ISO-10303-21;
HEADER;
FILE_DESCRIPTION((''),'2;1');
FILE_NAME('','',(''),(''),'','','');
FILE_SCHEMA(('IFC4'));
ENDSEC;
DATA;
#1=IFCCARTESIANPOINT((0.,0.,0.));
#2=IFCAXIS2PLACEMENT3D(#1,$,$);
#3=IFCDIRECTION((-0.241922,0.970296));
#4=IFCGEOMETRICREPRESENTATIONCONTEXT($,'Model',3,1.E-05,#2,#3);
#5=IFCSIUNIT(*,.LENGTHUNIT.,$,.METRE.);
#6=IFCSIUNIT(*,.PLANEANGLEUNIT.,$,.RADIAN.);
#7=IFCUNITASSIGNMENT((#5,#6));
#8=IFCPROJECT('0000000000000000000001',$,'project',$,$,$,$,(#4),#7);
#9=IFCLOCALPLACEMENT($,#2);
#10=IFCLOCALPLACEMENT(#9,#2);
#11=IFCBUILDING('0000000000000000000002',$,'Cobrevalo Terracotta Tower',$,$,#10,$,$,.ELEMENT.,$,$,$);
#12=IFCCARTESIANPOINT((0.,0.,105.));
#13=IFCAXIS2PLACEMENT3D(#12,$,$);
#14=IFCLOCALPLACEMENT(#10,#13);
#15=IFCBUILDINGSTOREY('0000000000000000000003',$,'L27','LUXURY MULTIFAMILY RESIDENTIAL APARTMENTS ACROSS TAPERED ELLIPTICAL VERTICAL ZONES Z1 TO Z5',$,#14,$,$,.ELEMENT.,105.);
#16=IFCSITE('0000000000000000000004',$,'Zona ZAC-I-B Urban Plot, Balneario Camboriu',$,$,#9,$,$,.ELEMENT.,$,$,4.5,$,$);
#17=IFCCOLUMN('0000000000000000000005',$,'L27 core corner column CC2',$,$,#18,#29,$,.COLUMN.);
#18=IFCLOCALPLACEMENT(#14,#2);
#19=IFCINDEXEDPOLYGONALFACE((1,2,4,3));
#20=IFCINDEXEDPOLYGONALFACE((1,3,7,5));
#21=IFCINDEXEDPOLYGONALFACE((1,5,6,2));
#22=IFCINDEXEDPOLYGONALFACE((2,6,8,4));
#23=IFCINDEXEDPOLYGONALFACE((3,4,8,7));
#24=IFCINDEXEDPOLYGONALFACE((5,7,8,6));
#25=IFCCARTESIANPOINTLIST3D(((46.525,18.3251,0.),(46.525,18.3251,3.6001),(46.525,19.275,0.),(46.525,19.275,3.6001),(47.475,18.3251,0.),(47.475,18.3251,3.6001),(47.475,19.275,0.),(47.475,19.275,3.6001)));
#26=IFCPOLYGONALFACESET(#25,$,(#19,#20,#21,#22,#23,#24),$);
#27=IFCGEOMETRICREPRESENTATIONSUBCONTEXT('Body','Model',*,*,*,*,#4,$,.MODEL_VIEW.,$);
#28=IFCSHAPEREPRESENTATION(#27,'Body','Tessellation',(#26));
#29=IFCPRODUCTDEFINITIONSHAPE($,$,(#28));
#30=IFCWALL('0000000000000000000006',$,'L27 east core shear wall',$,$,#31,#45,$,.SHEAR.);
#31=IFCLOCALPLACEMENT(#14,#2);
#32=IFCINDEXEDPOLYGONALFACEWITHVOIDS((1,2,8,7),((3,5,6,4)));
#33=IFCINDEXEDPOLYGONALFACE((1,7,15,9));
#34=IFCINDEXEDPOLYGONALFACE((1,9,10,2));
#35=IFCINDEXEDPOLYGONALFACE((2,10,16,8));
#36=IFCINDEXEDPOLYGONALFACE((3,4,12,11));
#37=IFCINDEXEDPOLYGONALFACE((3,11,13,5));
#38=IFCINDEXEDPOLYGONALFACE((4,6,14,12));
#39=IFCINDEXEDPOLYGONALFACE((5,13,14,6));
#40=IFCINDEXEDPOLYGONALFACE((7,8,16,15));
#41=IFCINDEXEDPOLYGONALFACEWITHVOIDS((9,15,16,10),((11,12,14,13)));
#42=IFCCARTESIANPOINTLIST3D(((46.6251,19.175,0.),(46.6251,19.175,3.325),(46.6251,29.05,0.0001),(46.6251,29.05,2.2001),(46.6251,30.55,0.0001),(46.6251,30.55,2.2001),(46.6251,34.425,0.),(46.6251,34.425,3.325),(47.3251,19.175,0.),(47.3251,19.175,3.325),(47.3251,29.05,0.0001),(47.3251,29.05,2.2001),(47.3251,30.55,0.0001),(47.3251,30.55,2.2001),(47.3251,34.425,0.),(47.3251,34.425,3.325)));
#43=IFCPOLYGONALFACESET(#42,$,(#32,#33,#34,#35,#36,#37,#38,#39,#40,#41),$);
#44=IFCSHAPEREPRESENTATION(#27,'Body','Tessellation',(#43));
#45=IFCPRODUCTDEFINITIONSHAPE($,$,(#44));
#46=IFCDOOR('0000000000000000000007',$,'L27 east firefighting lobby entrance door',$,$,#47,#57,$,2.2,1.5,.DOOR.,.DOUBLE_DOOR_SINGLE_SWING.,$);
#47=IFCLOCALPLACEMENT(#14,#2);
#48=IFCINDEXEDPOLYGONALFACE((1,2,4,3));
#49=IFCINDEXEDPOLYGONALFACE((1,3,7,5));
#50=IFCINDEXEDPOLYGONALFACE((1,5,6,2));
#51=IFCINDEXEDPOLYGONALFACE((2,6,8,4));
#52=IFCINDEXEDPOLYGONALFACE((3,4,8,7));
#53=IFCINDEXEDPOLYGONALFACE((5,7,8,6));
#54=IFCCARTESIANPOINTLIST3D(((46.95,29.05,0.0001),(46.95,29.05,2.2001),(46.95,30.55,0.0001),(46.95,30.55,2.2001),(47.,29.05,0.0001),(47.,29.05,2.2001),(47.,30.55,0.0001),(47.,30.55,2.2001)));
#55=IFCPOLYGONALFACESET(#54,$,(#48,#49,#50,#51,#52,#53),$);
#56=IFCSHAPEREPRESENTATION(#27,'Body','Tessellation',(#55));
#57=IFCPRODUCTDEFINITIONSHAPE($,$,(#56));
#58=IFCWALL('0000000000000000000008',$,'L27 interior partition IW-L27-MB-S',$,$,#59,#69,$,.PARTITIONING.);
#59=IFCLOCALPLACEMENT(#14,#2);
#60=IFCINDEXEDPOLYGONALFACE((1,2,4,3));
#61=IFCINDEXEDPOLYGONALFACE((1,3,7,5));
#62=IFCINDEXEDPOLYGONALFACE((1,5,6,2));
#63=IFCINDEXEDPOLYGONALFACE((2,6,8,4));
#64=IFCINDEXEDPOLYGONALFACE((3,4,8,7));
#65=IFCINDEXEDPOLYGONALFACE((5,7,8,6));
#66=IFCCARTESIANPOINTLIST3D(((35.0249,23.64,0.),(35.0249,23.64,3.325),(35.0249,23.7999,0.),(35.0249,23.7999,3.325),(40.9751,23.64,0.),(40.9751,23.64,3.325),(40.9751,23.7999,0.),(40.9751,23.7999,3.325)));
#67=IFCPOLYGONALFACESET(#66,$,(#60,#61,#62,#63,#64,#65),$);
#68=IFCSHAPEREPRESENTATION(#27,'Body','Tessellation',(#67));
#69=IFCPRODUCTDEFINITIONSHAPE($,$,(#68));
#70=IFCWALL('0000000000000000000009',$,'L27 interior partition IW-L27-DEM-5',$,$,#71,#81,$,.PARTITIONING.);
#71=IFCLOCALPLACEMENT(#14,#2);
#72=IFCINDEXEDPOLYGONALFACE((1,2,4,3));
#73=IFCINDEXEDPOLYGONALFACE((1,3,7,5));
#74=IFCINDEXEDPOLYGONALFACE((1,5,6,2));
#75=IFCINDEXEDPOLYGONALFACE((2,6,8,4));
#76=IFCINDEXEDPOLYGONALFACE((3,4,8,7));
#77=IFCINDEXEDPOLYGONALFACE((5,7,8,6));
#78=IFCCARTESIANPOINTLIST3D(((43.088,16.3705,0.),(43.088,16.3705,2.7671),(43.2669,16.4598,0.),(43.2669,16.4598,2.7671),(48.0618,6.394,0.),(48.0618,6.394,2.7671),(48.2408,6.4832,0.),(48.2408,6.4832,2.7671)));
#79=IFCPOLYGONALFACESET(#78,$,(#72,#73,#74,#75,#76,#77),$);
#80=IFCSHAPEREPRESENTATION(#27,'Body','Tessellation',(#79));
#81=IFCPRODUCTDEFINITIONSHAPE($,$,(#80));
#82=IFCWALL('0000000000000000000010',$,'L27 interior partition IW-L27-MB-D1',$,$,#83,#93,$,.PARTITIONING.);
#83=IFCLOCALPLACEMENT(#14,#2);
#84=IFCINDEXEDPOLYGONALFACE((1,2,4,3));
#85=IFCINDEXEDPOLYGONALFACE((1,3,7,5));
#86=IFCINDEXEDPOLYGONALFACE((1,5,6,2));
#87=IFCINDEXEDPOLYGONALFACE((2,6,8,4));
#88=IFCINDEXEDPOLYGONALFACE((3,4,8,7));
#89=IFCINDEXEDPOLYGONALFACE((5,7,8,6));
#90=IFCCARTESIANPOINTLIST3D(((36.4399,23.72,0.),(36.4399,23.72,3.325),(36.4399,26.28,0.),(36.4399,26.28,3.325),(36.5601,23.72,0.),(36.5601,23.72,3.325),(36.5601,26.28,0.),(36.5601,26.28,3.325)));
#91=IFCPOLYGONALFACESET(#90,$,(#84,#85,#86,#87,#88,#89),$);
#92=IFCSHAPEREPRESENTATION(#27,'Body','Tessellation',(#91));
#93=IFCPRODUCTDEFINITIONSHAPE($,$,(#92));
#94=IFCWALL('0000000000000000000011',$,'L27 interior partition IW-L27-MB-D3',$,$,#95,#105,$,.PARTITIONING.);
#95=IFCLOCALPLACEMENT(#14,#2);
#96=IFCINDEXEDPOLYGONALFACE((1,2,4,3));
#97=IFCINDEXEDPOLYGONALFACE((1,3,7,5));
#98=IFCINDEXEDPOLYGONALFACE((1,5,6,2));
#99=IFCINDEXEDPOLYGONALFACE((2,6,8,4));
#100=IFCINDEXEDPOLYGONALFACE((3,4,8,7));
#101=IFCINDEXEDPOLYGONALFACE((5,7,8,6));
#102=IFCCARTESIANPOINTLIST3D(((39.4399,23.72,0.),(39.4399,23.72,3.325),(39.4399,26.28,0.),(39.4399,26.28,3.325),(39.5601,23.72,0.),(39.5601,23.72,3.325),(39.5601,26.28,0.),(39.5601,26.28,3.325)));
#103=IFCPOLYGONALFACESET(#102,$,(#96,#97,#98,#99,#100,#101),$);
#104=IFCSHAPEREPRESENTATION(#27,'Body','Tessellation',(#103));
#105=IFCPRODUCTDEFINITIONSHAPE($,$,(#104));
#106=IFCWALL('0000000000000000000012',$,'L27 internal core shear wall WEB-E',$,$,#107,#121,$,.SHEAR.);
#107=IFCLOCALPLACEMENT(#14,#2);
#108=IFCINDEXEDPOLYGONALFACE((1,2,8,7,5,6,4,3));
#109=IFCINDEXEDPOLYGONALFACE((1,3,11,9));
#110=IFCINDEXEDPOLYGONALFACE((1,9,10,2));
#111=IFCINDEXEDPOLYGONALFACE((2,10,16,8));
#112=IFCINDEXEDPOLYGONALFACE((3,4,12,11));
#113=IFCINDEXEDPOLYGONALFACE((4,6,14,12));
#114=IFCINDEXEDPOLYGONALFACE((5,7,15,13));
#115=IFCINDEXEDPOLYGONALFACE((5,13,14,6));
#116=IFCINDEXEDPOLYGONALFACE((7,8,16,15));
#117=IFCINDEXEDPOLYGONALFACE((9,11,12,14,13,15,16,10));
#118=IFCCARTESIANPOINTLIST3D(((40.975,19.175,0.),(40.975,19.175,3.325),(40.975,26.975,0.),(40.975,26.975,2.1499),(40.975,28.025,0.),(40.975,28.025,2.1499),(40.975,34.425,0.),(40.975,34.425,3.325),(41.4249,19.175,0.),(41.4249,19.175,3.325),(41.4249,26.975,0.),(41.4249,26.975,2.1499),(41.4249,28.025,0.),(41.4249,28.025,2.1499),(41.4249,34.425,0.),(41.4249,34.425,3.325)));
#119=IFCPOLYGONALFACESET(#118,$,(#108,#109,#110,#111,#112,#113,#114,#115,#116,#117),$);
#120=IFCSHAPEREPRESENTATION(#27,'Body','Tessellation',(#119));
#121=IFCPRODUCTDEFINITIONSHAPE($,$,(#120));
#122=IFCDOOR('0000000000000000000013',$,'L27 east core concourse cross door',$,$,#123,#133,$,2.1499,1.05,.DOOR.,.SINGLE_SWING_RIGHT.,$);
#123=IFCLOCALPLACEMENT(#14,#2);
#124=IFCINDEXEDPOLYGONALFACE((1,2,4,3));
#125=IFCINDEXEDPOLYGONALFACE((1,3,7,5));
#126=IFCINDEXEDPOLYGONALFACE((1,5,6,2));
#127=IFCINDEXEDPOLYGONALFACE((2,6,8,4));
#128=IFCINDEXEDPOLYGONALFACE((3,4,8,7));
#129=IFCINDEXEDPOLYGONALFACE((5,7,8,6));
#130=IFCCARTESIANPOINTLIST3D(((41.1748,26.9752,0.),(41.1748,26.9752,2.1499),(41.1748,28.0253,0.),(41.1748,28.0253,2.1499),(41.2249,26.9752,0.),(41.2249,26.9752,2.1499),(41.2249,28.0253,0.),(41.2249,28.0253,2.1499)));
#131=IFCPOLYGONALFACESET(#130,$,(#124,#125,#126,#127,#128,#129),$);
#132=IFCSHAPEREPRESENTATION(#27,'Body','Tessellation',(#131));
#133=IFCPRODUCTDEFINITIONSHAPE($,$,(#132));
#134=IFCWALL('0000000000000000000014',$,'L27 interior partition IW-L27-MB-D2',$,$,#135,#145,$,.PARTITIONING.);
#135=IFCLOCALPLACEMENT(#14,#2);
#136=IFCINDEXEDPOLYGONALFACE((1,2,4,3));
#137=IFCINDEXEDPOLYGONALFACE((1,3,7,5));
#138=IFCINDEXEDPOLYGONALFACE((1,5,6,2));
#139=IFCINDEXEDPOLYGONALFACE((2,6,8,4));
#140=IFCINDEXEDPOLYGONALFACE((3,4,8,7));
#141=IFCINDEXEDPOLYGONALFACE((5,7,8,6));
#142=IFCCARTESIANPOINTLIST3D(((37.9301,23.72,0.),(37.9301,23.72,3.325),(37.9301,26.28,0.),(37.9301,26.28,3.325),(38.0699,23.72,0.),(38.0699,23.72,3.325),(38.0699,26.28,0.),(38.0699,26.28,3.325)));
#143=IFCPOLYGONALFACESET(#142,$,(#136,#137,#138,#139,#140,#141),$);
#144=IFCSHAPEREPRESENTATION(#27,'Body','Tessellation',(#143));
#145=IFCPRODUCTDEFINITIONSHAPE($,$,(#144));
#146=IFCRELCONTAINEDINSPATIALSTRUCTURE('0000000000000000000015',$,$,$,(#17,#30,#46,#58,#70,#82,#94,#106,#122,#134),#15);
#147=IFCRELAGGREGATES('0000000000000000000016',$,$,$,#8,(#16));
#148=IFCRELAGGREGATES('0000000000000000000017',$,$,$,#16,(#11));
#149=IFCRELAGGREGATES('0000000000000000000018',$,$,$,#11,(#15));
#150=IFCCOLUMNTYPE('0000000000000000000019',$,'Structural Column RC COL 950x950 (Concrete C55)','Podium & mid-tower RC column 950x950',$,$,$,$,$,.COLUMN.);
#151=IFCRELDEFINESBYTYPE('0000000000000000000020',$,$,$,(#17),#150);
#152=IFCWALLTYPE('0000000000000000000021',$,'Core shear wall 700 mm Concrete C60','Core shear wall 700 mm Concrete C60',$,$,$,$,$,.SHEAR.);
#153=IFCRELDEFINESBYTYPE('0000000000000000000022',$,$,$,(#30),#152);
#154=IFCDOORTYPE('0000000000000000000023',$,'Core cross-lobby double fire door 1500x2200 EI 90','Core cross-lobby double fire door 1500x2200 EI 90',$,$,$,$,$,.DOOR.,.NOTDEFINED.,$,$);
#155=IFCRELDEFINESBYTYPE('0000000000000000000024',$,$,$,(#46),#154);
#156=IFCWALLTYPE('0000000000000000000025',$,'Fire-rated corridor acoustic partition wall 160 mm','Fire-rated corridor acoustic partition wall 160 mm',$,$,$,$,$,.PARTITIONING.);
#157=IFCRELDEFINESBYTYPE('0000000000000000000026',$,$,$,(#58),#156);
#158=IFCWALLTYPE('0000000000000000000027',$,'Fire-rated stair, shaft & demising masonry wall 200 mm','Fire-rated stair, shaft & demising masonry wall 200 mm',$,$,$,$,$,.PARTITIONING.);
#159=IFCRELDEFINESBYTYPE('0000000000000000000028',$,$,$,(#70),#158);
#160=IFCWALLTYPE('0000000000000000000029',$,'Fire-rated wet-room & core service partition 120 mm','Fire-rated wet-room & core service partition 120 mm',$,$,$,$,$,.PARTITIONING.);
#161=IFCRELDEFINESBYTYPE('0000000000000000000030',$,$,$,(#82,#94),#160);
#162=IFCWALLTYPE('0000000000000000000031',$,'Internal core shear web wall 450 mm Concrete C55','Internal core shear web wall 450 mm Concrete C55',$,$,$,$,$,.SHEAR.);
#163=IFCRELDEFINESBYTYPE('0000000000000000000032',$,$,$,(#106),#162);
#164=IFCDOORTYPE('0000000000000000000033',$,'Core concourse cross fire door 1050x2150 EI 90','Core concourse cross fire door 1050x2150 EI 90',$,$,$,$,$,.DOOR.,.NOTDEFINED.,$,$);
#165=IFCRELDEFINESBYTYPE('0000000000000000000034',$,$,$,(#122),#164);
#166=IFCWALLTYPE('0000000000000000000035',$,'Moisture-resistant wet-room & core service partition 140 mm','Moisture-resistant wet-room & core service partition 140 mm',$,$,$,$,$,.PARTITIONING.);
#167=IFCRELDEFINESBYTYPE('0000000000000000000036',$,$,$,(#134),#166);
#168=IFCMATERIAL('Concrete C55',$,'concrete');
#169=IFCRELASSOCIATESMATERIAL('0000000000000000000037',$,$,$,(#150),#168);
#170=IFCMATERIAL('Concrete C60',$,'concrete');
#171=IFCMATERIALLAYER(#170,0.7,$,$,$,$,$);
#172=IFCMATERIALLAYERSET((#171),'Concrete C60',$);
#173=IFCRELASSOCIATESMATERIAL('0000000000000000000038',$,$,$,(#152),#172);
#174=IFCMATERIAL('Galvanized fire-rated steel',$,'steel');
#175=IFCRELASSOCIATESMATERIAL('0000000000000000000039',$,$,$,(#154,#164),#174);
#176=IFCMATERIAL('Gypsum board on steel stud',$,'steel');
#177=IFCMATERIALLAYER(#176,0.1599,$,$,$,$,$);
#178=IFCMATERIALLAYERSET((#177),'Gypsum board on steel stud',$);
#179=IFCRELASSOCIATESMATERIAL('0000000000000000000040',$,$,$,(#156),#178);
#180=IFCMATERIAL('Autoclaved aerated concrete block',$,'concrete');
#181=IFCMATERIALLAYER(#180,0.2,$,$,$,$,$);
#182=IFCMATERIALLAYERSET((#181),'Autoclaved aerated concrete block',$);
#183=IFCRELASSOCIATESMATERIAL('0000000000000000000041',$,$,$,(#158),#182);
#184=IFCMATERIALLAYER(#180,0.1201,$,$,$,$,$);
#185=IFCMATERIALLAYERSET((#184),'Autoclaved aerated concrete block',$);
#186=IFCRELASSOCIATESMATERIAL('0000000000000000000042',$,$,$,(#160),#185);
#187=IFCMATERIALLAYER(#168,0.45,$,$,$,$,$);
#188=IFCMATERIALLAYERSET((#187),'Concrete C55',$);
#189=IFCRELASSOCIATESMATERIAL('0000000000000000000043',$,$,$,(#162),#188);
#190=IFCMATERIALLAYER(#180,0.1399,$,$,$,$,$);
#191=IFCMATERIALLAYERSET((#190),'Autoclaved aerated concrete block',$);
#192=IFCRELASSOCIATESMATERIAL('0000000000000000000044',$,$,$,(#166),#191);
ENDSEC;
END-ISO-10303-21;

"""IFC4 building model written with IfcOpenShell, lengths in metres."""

from ifc_helpers import new_model, si_unit, direction, frame, frame_2d, origin, origin_2d, place, context, subcontext, project, spatial, rectangle, extrude, source, transform, mapped, material, layer, layer_set, material_profile, profile_set, type_object, element, fill, save


model = new_model("IFC4")

# Units and contexts
model_context = context("Model", 3, precision=1e-05, world=origin(), true_north=direction((-0.241922, 0.970296)))
body_context = subcontext(model_context, "Body", "Model", "MODEL_VIEW")
ifc_project = project(units=[si_unit("LENGTHUNIT", "METRE"), si_unit("PLANEANGLEUNIT", "RADIAN")], contexts=[model_context])

# Site, building, storey
site_placement = place(None, origin())
site = spatial("IfcSite", under=ifc_project, at=site_placement, Name="Zona ZAC-I-B Urban Plot, Balneario Camboriu", CompositionType="ELEMENT", RefElevation=4.5)
building_placement = place(site_placement, origin())
building = spatial("IfcBuilding", under=site, at=building_placement, Name="Cobrevalo Terracotta Tower", CompositionType="ELEMENT")
storey_placement = place(building_placement, frame((0.0, 0.0, 105.0)))
storey = spatial("IfcBuildingStorey", under=building, at=storey_placement, Name="L27", Description="LUXURY MULTIFAMILY RESIDENTIAL APARTMENTS ACROSS TAPERED ELLIPTICAL VERTICAL ZONES Z1 TO Z5", CompositionType="ELEMENT", Elevation=105.0)

# Column
ifc_material_1 = material(Name="Concrete C55", Category="concrete")
ifc_material_profile = material_profile(ifc_material_1, rectangle(XDim=0.95, YDim=0.95, at=origin_2d()), Name="RC COL 950x950")
ifc_profile_set = profile_set([ifc_material_profile], Name="Concrete C55")
column_type = type_object("IfcColumnType", Name="Structural Column RC COL 950x950 (Concrete C55)", Description="Podium & mid-tower RC column 950x950", PredefinedType="COLUMN", material=ifc_profile_set)
column_placement = place(storey_placement, frame((47.0, 18.8, 0.0), z_axis=(0.0, 0.0, 1.0), x_axis=(1.0, 0.0, 0.0)))
element("IfcColumn", 1, at=column_placement, inside=storey, type_object=column_type, Name="L27 core corner column CC2", PredefinedType="COLUMN", context=body_context, shape_type="SweptSolid", body=[
    extrude(rectangle(XDim=0.95, YDim=0.95, at=origin_2d()), origin(), (0.0, 0.0, 1.0), 3.6001),
])

# Wall, opening, door
ifc_material_2 = material(Name="Concrete C60", Category="concrete")
ifc_layer_1 = layer(ifc_material_2, 0.7)
ifc_layer_set_1 = layer_set([ifc_layer_1], Name="Concrete C60")
wall_type_1 = type_object("IfcWallType", Name="Core shear wall 700 mm Concrete C60", Description="Core shear wall 700 mm Concrete C60", PredefinedType="SHEAR", material=ifc_layer_set_1)
wall_1_placement = place(storey_placement, frame((46.9751, 19.175, 0.0), z_axis=(0.0, 0.0, 1.0), x_axis=(0.0, 1.0, 0.0)))
wall_1 = element("IfcWall", 2, at=wall_1_placement, inside=storey, type_object=wall_type_1, Name="L27 east core shear wall", PredefinedType="SHEAR", context=body_context, shape_type="SweptSolid", body=[
    extrude(rectangle(XDim=15.25, YDim=0.7, at=frame_2d((7.625, 0.0))), origin(), (0.0, 0.0, 1.0), 3.325),
])
opening_1_placement = place(wall_1_placement, frame((9.875, 0.0, 0.0)))
opening_1 = element("IfcOpeningElement", 3, at=opening_1_placement, cuts=wall_1, PredefinedType="OPENING", context=body_context, shape_type="SweptSolid", body=[
    extrude(rectangle(XDim=1.5, YDim=2.2, at=frame_2d((0.75, 1.1001))), frame((0.0, 0.3599, 0.0), z_axis=(0.0, -1.0, 0.0), x_axis=(1.0, 0.0, 0.0)), (0.0, 0.0, 1.0), 0.72),
])
ifc_material_3 = material(Name="Galvanized fire-rated steel", Category="steel")
door_type_1 = type_object("IfcDoorType", Name="Core cross-lobby double fire door 1500x2200 EI 90", Description="Core cross-lobby double fire door 1500x2200 EI 90", OperationType="NOTDEFINED", PredefinedType="DOOR", material=ifc_material_3)
shared_shape_1 = source(origin(), body_context, "Body", "SweptSolid", [
    extrude(rectangle(XDim=1.5, YDim=2.2, at=frame_2d((0.75, 1.1001))), frame((0.0, 0.0249, 0.0), z_axis=(0.0, -1.0, 0.0), x_axis=(1.0, 0.0, 0.0)), (0.0, 0.0, 1.0), 0.05),
])
door_1_placement = place(opening_1_placement, frame((1.5, 0.0, 0.0), z_axis=(0.0, 0.0, 1.0), x_axis=(-1.0, 0.0, 0.0)))
door_1 = element("IfcDoor", 4, at=door_1_placement, inside=storey, type_object=door_type_1, Name="L27 east firefighting lobby entrance door", OperationType="DOUBLE_DOOR_SINGLE_SWING", OverallHeight=2.2, OverallWidth=1.5, PredefinedType="DOOR", context=body_context, shape_type="MappedRepresentation", body=[
    mapped(shared_shape_1, transform((0.0, 0.0, 0.0), scale=1.0)),
])
fill(opening_1, door_1)

# Walls
ifc_material_4 = material(Name="Gypsum board on steel stud", Category="steel")
ifc_layer_2 = layer(ifc_material_4, 0.1599)
ifc_layer_set_2 = layer_set([ifc_layer_2], Name="Gypsum board on steel stud")
wall_type_2 = type_object("IfcWallType", Name="Fire-rated corridor acoustic partition wall 160 mm", Description="Fire-rated corridor acoustic partition wall 160 mm", PredefinedType="PARTITIONING", material=ifc_layer_set_2)
wall_2_placement = place(storey_placement, frame((35.0249, 23.72, 0.0), z_axis=(0.0, 0.0, 1.0), x_axis=(1.0, 0.0, 0.0)))
element("IfcWall", 5, at=wall_2_placement, inside=storey, type_object=wall_type_2, Name="L27 interior partition IW-L27-MB-S", PredefinedType="PARTITIONING", context=body_context, shape_type="SweptSolid", body=[
    extrude(rectangle(XDim=5.9502, YDim=0.1599, at=frame_2d((2.9751, 0.0))), origin(), (0.0, 0.0, 1.0), 3.325),
])
ifc_material_5 = material(Name="Autoclaved aerated concrete block", Category="concrete")
ifc_layer_3 = layer(ifc_material_5, 0.2)
ifc_layer_set_3 = layer_set([ifc_layer_3], Name="Autoclaved aerated concrete block")
wall_type_3 = type_object("IfcWallType", Name="Fire-rated stair, shaft & demising masonry wall 200 mm", Description="Fire-rated stair, shaft & demising masonry wall 200 mm", PredefinedType="PARTITIONING", material=ifc_layer_set_3)
wall_3_placement = place(storey_placement, frame((43.1775, 16.415, 0.0), z_axis=(0.0, 0.0, 1.0), x_axis=(0.44618, -0.894943, 0.0)))
element("IfcWall", 6, at=wall_3_placement, inside=storey, type_object=wall_type_3, Name="L27 interior partition IW-L27-DEM-5", PredefinedType="PARTITIONING", context=body_context, shape_type="SweptSolid", body=[
    extrude(rectangle(XDim=11.1477, YDim=0.2, at=frame_2d((5.5737, 0.0))), origin(), (0.0, 0.0, 1.0), 2.7671),
])
ifc_layer_4 = layer(ifc_material_5, 0.1201)
ifc_layer_set_4 = layer_set([ifc_layer_4], Name="Autoclaved aerated concrete block")
wall_type_4 = type_object("IfcWallType", Name="Fire-rated wet-room & core service partition 120 mm", Description="Fire-rated wet-room & core service partition 120 mm", PredefinedType="PARTITIONING", material=ifc_layer_set_4)
for number, where, z_axis, x_axis, name in (
    (7, (36.5, 23.72, 0.0), (0.0, 0.0, 1.0), (0.0, 1.0, 0.0), "L27 interior partition IW-L27-MB-D1"),
    (8, (39.5, 23.72, 0.0), (0.0, 0.0, 1.0), (0.0, 1.0, 0.0), "L27 interior partition IW-L27-MB-D3"),
):
    element("IfcWall", number, at=place(storey_placement, frame(where, z_axis=z_axis, x_axis=x_axis)), inside=storey, type_object=wall_type_4, Name=name, PredefinedType="PARTITIONING", context=body_context, shape_type="SweptSolid", body=[
        extrude(rectangle(XDim=2.5601, YDim=0.1201, at=frame_2d((1.28, 0.0))), origin(), (0.0, 0.0, 1.0), 3.325),
    ])

# Wall, opening, door
ifc_layer_5 = layer(ifc_material_1, 0.45)
ifc_layer_set_5 = layer_set([ifc_layer_5], Name="Concrete C55")
wall_type_5 = type_object("IfcWallType", Name="Internal core shear web wall 450 mm Concrete C55", Description="Internal core shear web wall 450 mm Concrete C55", PredefinedType="SHEAR", material=ifc_layer_set_5)
wall_4_placement = place(storey_placement, frame((41.2, 19.175, 0.0), z_axis=(0.0, 0.0, 1.0), x_axis=(0.0, 1.0, 0.0)))
wall_4 = element("IfcWall", 9, at=wall_4_placement, inside=storey, type_object=wall_type_5, Name="L27 internal core shear wall WEB-E", PredefinedType="SHEAR", context=body_context, shape_type="SweptSolid", body=[
    extrude(rectangle(XDim=15.25, YDim=0.45, at=frame_2d((7.625, 0.0))), origin(), (0.0, 0.0, 1.0), 3.325),
])
opening_2_placement = place(wall_4_placement, frame((7.8, 0.0, 0.0)))
opening_2 = element("IfcOpeningElement", 10, at=opening_2_placement, cuts=wall_4, PredefinedType="OPENING", context=body_context, shape_type="SweptSolid", body=[
    extrude(rectangle(XDim=1.05, YDim=2.1499, at=frame_2d((0.5249, 1.075))), frame((0.0, 0.2349, 0.0), z_axis=(0.0, -1.0, 0.0), x_axis=(1.0, 0.0, 0.0)), (0.0, 0.0, 1.0), 0.47),
])
door_type_2 = type_object("IfcDoorType", Name="Core concourse cross fire door 1050x2150 EI 90", Description="Core concourse cross fire door 1050x2150 EI 90", OperationType="NOTDEFINED", PredefinedType="DOOR", material=ifc_material_3)
shared_shape_2 = source(origin(), body_context, "Body", "SweptSolid", [
    extrude(rectangle(XDim=1.05, YDim=2.1499, at=frame_2d((0.5249, 1.075))), frame((0.0, 0.0249, 0.0), z_axis=(0.0, -1.0, 0.0), x_axis=(1.0, 0.0, 0.0)), (0.0, 0.0, 1.0), 0.05),
])
door_2_placement = place(opening_2_placement, frame((1.05, 0.0, 0.0), z_axis=(0.0, 0.0, 1.0), x_axis=(-1.0, 0.0, 0.0)))
door_2 = element("IfcDoor", 11, at=door_2_placement, inside=storey, type_object=door_type_2, Name="L27 east core concourse cross door", OperationType="SINGLE_SWING_RIGHT", OverallHeight=2.1499, OverallWidth=1.05, PredefinedType="DOOR", context=body_context, shape_type="MappedRepresentation", body=[
    mapped(shared_shape_2, transform((0.0, 0.0, 0.0), scale=1.0)),
])
fill(opening_2, door_2)

# Wall
ifc_layer_6 = layer(ifc_material_5, 0.1399)
ifc_layer_set_6 = layer_set([ifc_layer_6], Name="Autoclaved aerated concrete block")
wall_type_6 = type_object("IfcWallType", Name="Moisture-resistant wet-room & core service partition 140 mm", Description="Moisture-resistant wet-room & core service partition 140 mm", PredefinedType="PARTITIONING", material=ifc_layer_set_6)
wall_5_placement = place(storey_placement, frame((38.0, 23.72, 0.0), z_axis=(0.0, 0.0, 1.0), x_axis=(0.0, 1.0, 0.0)))
element("IfcWall", 12, at=wall_5_placement, inside=storey, type_object=wall_type_6, Name="L27 interior partition IW-L27-MB-D2", PredefinedType="PARTITIONING", context=body_context, shape_type="SweptSolid", body=[
    extrude(rectangle(XDim=2.5601, YDim=0.1399, at=frame_2d((1.28, 0.0))), origin(), (0.0, 0.0, 1.0), 3.325),
])

save(model, "model.ifc")
